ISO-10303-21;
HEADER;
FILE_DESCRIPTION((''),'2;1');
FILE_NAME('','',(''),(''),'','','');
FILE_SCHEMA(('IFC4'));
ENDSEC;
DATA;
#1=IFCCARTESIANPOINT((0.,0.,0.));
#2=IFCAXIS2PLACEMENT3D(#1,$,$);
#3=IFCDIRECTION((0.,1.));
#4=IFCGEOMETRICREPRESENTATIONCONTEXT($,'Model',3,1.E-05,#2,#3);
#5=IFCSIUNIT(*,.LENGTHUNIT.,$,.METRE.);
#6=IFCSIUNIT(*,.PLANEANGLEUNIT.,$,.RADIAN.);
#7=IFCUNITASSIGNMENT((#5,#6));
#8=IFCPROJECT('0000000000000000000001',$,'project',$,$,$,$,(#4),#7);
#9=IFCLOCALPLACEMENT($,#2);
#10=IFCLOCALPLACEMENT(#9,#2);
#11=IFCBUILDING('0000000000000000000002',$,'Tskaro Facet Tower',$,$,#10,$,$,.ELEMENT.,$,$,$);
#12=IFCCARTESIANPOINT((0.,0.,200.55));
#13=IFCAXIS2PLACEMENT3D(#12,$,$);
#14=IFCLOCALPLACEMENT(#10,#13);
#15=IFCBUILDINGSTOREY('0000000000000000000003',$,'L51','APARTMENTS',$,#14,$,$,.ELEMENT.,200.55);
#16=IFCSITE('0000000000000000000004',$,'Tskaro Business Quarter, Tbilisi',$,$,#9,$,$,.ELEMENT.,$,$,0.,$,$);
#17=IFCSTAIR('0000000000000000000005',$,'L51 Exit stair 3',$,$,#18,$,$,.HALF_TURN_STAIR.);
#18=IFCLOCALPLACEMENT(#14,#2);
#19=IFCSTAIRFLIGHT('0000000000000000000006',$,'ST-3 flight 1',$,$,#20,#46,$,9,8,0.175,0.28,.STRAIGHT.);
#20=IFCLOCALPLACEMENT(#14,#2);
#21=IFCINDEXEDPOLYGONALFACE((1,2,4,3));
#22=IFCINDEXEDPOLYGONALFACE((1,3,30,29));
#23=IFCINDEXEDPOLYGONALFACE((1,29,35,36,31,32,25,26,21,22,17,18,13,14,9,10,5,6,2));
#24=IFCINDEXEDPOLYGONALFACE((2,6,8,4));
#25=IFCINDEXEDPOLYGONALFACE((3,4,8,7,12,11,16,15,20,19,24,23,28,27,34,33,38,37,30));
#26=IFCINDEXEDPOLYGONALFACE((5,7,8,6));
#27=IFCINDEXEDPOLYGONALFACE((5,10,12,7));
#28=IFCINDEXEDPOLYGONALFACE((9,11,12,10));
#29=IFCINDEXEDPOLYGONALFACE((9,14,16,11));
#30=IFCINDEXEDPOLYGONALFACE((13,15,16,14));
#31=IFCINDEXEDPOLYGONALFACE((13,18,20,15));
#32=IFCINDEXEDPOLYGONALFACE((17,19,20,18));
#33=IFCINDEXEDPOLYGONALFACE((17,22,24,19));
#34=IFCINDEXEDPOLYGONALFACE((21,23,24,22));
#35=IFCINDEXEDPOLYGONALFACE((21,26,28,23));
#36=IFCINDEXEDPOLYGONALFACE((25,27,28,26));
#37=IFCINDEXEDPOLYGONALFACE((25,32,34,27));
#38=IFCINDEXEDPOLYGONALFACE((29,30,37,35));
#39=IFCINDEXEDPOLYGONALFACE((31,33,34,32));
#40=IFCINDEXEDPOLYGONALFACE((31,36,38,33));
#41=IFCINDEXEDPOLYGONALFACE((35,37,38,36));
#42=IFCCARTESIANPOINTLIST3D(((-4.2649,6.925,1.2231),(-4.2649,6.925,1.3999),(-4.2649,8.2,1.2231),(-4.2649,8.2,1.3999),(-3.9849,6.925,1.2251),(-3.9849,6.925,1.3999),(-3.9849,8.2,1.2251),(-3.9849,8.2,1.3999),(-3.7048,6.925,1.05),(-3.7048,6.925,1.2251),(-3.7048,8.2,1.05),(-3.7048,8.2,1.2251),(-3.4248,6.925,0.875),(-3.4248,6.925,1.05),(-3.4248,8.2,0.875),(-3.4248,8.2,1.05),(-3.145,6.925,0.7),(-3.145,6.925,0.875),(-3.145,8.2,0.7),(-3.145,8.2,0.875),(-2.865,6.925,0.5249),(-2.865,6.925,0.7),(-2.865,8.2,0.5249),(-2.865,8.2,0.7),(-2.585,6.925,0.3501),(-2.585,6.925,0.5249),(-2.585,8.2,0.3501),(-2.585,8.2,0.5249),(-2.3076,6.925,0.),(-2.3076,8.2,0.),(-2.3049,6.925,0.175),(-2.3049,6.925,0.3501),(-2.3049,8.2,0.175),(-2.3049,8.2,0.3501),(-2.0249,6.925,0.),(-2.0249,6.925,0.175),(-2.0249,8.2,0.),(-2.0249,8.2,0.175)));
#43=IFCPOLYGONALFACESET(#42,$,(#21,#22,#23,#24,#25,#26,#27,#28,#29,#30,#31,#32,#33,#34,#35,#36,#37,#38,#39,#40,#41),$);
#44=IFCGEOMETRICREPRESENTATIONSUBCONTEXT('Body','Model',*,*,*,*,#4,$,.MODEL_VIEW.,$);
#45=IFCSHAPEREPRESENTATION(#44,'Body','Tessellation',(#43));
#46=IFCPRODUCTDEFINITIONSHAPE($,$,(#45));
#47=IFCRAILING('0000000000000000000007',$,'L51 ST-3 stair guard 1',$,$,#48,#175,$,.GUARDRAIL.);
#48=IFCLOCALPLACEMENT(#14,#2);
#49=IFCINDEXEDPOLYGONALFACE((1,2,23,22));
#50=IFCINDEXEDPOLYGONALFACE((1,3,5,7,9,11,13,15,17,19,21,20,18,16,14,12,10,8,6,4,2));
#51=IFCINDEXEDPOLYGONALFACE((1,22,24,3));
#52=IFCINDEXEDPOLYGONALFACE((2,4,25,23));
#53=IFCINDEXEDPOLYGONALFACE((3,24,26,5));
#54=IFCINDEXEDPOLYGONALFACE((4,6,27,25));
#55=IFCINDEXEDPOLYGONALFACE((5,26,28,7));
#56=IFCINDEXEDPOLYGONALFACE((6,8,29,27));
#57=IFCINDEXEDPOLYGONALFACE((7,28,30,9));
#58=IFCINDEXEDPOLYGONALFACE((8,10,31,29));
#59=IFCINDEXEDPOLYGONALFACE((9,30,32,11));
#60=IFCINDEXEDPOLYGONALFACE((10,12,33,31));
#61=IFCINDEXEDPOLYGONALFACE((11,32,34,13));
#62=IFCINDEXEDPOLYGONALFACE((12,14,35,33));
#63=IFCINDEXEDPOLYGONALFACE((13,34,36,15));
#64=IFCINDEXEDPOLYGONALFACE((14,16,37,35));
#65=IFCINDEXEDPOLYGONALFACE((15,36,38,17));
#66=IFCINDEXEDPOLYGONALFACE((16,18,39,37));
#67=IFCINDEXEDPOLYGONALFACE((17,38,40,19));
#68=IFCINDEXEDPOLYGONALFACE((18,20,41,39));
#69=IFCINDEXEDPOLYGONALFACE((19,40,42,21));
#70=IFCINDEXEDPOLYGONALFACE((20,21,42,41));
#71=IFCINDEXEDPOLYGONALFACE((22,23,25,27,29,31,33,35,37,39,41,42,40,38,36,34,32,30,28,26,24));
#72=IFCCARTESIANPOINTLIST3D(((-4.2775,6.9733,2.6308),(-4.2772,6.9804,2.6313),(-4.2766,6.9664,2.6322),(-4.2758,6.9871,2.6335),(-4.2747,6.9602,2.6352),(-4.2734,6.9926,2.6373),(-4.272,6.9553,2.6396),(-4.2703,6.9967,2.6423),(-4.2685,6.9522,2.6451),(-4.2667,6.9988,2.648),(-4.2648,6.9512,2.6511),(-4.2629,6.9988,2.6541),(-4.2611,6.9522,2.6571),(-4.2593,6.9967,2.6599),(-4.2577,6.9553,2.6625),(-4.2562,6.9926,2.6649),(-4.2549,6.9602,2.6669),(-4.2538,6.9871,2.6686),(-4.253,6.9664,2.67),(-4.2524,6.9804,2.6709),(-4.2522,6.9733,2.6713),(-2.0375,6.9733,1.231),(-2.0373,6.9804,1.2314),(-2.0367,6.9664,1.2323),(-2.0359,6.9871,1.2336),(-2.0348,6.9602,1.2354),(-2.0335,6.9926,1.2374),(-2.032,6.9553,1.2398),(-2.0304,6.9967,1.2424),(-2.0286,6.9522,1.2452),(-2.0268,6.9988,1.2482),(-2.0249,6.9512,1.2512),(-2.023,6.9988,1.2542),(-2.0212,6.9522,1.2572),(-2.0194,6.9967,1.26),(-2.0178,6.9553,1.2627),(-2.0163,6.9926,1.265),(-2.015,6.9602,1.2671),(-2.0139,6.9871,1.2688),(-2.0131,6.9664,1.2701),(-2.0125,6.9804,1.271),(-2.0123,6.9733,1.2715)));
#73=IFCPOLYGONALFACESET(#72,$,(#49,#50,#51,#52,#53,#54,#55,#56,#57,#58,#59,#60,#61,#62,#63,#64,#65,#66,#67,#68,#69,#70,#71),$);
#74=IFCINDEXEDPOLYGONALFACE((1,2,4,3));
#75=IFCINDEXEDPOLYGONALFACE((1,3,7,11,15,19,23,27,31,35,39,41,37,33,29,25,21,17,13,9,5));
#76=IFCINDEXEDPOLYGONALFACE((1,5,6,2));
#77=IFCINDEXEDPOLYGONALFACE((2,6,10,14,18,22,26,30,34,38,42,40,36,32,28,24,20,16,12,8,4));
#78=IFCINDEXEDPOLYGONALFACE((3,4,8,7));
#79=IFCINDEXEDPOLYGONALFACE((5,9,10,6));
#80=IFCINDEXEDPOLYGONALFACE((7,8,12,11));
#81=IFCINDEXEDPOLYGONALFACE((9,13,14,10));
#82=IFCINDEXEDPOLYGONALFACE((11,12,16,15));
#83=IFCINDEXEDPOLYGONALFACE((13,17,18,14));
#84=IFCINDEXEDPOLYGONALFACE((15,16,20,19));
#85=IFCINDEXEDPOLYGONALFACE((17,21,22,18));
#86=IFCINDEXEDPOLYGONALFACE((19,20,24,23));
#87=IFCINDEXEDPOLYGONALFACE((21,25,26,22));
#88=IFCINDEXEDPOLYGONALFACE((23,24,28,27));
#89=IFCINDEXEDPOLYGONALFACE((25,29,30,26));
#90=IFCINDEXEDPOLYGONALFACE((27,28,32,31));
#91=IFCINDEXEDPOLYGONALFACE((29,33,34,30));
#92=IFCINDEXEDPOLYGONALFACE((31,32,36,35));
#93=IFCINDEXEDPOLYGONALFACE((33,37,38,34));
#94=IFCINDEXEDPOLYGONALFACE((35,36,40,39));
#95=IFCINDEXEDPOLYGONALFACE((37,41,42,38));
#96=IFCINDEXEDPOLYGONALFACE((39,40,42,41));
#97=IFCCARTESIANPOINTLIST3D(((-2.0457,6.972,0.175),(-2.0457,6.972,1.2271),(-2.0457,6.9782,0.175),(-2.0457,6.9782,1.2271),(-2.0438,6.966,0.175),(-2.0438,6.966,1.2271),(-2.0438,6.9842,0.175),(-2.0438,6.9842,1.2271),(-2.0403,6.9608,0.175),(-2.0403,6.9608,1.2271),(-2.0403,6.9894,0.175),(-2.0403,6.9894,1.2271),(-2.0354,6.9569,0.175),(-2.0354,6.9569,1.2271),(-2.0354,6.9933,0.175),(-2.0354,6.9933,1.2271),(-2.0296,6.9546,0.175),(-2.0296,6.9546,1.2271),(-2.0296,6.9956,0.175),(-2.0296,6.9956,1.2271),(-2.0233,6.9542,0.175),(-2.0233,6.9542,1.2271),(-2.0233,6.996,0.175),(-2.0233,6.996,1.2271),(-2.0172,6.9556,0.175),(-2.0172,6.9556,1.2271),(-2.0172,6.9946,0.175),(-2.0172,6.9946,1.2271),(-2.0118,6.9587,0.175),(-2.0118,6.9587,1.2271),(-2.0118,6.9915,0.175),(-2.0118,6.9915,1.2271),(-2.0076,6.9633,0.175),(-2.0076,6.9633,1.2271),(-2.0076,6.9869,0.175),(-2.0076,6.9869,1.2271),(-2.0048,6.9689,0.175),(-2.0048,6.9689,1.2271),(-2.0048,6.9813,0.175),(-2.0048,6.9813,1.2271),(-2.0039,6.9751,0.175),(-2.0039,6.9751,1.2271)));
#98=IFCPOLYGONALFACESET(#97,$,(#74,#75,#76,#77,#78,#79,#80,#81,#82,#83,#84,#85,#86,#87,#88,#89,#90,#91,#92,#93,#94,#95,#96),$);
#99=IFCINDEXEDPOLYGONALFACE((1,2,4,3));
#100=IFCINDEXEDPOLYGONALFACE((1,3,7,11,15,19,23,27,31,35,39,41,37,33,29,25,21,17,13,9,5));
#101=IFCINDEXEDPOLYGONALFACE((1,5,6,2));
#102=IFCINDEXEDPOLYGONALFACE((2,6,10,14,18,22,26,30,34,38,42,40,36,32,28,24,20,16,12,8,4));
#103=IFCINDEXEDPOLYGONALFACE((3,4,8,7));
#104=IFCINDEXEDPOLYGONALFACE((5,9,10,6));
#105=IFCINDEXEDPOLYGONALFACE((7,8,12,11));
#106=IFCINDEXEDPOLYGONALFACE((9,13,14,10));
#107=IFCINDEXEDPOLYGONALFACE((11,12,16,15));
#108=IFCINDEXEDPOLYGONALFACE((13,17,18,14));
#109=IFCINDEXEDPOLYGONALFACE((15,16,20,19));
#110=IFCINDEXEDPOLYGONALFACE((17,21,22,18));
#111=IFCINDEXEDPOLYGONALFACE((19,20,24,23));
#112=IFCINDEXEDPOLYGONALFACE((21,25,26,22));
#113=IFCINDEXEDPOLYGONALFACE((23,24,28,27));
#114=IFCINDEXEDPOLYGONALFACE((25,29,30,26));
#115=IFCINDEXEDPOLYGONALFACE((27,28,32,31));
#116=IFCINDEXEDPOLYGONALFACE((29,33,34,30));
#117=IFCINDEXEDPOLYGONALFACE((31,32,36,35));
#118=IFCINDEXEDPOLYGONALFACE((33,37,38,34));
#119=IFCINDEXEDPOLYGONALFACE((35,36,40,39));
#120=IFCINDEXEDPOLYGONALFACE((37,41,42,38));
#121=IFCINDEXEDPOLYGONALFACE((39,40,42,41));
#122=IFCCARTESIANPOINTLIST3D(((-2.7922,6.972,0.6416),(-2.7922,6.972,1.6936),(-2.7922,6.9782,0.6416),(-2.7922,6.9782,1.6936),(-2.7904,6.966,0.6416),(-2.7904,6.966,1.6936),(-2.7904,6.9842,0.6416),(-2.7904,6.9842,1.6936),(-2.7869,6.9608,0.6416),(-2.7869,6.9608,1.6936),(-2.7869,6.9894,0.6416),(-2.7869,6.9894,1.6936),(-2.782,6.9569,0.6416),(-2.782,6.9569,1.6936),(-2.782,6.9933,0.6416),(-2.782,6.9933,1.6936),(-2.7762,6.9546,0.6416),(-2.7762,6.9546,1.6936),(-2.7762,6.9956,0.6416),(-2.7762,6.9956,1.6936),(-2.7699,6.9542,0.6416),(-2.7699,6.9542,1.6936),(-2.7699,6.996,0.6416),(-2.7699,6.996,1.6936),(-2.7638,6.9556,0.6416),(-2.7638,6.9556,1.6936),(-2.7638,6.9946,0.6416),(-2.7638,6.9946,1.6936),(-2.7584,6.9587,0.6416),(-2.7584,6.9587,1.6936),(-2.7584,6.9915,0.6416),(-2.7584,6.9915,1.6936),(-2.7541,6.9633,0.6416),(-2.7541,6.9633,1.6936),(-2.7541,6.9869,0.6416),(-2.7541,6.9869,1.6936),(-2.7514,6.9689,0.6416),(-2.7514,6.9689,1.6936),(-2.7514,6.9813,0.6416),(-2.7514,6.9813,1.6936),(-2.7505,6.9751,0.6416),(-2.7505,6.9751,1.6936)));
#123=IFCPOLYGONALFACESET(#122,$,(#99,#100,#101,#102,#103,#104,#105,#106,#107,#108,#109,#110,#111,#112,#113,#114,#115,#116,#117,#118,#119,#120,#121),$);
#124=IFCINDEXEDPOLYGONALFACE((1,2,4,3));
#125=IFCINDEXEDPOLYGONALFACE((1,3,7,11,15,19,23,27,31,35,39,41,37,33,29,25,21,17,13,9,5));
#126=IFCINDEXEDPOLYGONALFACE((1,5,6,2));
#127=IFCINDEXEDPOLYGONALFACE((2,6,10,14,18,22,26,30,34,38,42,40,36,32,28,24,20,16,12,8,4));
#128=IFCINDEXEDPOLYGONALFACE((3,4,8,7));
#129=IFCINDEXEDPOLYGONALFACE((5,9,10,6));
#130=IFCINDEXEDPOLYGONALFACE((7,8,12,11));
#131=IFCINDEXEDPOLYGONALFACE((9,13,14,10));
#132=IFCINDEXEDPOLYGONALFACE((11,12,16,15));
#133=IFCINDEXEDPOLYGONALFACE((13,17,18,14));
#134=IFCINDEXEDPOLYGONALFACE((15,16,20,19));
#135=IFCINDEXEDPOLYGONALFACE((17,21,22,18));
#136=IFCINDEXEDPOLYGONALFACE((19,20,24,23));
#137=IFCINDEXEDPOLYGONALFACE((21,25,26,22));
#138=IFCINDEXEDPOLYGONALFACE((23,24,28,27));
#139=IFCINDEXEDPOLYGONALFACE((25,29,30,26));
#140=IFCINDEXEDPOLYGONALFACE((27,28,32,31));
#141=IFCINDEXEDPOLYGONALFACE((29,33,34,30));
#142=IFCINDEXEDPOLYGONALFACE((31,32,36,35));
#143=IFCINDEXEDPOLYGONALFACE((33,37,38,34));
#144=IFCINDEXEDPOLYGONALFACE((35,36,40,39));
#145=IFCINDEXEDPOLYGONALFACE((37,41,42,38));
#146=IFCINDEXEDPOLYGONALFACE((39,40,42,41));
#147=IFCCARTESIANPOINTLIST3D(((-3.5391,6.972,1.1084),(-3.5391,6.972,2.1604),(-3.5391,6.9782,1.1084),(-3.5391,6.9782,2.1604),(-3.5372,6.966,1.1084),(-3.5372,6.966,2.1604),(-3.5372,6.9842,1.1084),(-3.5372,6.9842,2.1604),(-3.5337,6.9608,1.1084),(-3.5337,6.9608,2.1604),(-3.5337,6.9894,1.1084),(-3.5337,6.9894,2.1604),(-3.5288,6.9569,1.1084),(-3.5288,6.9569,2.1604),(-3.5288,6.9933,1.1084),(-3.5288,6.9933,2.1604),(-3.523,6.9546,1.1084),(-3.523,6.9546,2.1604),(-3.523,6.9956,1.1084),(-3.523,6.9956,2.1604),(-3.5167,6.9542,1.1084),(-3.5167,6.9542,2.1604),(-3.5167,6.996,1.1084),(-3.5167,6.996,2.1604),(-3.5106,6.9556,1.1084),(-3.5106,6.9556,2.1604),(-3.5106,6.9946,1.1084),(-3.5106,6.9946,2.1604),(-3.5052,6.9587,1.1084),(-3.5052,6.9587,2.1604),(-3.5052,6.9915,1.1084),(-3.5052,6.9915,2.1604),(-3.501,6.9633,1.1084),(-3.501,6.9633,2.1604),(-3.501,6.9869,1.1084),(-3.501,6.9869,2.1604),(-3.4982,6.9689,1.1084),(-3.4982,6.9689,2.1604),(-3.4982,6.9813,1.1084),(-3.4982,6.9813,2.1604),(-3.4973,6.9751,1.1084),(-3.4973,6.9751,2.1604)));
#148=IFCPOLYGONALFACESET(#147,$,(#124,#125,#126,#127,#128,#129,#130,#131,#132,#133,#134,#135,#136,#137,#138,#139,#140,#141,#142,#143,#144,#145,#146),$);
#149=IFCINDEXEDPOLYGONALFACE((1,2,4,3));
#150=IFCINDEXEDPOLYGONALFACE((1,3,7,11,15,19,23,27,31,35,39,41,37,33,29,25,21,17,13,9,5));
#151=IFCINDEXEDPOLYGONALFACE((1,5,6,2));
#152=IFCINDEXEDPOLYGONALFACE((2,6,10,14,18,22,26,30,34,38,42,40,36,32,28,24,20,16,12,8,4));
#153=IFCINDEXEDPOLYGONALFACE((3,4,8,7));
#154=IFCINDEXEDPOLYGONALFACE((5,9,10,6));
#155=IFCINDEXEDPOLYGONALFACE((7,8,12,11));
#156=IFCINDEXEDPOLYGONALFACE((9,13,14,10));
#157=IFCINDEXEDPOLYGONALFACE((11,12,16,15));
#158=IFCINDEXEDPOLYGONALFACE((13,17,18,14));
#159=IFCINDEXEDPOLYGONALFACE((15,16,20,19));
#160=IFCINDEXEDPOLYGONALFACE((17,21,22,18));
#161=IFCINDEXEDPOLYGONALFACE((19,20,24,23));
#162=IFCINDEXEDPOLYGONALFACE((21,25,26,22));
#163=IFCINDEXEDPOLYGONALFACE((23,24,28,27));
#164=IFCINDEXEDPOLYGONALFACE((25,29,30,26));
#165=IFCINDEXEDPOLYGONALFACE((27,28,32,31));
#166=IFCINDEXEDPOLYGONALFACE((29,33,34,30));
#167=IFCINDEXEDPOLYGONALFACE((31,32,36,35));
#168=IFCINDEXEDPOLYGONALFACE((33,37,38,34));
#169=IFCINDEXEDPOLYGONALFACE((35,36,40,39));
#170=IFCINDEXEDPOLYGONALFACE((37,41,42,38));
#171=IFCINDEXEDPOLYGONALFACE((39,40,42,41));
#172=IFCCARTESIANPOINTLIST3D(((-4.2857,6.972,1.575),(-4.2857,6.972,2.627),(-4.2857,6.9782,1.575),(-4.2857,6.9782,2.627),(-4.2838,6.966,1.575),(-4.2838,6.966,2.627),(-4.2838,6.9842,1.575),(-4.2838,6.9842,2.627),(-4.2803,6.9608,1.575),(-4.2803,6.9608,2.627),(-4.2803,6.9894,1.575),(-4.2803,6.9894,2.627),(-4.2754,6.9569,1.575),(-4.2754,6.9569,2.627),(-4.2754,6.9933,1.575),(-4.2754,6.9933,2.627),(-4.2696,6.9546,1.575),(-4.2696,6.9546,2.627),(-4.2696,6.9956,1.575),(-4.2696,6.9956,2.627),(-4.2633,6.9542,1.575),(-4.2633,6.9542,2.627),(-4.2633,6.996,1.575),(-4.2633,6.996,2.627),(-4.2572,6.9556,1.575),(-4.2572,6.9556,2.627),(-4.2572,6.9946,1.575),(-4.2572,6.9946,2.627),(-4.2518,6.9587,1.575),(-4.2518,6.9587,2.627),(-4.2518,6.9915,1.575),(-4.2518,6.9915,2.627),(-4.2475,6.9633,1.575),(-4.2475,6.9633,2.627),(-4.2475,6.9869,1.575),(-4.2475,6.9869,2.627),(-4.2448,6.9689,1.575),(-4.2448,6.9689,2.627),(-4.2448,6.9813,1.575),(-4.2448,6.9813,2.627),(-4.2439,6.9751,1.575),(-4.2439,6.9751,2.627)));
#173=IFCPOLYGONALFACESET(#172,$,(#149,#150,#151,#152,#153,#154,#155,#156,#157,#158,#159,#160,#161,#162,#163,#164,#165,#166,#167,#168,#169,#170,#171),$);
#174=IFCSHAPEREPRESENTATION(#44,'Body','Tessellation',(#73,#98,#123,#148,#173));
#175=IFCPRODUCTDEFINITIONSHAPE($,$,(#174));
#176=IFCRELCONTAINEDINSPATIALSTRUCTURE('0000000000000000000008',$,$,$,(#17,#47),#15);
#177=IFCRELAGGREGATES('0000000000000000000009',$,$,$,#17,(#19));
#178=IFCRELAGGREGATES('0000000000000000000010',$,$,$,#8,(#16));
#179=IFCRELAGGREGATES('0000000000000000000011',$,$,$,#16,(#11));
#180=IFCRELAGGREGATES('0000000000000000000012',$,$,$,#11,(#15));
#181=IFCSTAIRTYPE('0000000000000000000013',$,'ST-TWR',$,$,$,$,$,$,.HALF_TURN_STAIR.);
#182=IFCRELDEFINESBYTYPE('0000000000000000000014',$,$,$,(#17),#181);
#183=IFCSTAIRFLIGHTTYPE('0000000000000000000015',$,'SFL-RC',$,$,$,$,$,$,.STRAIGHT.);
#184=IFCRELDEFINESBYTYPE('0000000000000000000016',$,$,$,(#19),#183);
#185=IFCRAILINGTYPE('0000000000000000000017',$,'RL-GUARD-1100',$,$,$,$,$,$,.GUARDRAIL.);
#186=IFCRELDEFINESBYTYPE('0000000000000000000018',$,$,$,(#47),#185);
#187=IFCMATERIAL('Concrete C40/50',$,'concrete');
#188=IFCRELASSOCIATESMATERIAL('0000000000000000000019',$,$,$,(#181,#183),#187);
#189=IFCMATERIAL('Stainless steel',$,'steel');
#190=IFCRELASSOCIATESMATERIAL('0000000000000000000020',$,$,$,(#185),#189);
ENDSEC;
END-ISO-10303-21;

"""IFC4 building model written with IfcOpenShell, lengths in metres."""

from ifc_helpers import new_model, si_unit, direction, frame, origin, origin_2d, place, context, subcontext, project, spatial, polyline, circle, outline, extrude, material, type_object, element, aggregate, save


model = new_model("IFC4")

# Units and contexts
model_context = context("Model", 3, precision=1e-05, world=origin(), true_north=direction((0.0, 1.0)))
body_context = subcontext(model_context, "Body", "Model", "MODEL_VIEW")
ifc_project = project(units=[si_unit("LENGTHUNIT", "METRE"), si_unit("PLANEANGLEUNIT", "RADIAN")], contexts=[model_context])

# Site, building, storey
site_placement = place(None, origin())
site = spatial("IfcSite", under=ifc_project, at=site_placement, Name="Tskaro Business Quarter, Tbilisi", CompositionType="ELEMENT", RefElevation=0.0)
building_placement = place(site_placement, origin())
building = spatial("IfcBuilding", under=site, at=building_placement, Name="Tskaro Facet Tower", CompositionType="ELEMENT")
storey_placement = place(building_placement, frame((0.0, 0.0, 200.55)))
storey = spatial("IfcBuildingStorey", under=building, at=storey_placement, Name="L51", Description="APARTMENTS", CompositionType="ELEMENT", Elevation=200.55)

# Stair
ifc_material_1 = material(Name="Concrete C40/50", Category="concrete")
stair_type = type_object("IfcStairType", Name="ST-TWR", PredefinedType="HALF_TURN_STAIR", material=ifc_material_1)
stair_1_placement = place(storey_placement, origin())
stair_1 = element("IfcStair", 1, at=stair_1_placement, inside=storey, type_object=stair_type, Name="L51 Exit stair 3", PredefinedType="HALF_TURN_STAIR")

# Stair flight
stair_flight_type = type_object("IfcStairFlightType", Name="SFL-RC", PredefinedType="STRAIGHT", material=ifc_material_1)
stair_flight_placement = place(storey_placement, frame((-2.0249, 7.5625, 0.0), z_axis=(0.0, 0.0, 1.0), x_axis=(-1.0, 0.0, 0.0)))
stair_flight = element("IfcStairFlight", 2, at=stair_flight_placement, type_object=stair_flight_type, Name="ST-3 flight 1", NumberOfRisers=9, NumberOfTreads=8, PredefinedType="STRAIGHT", RiserHeight=0.175, TreadLength=0.28, context=body_context, shape_type="SweptSolid", body=[
    extrude(outline(polyline([(0.0, 0.0), (0.0, 0.175), (0.28, 0.175), (0.28, 0.3501), (0.5601, 0.3501), (0.5601, 0.5249), (0.8401, 0.5249), (0.8401, 0.7), (1.1201, 0.7), (1.1201, 0.875), (1.3999, 0.875), (1.3999, 1.05), (1.6799, 1.05), (1.6799, 1.2251), (1.96, 1.2251), (1.96, 1.3999), (2.24, 1.3999), (2.24, 1.575), (2.24, 1.2231), (0.2827, 0.0), (0.0, 0.0)])), frame((0.0, 0.6375, 0.0), z_axis=(0.0, -1.0, 0.0), x_axis=(1.0, 0.0, 0.0)), (0.0, 0.0, 1.0), 1.2749),
])
aggregate(stair_1, [stair_flight])

# Railing
ifc_material_2 = material(Name="Stainless steel", Category="steel")
railing_type_1 = type_object("IfcRailingType", Name="RL-GUARD-1100", PredefinedType="GUARDRAIL", material=ifc_material_2)
railing_1_placement = place(storey_placement, frame((-2.0249, 6.9751, 0.175)))
element("IfcRailing", 3, at=railing_1_placement, inside=storey, type_object=railing_type_1, Name="L51 ST-3 stair guard 1", PredefinedType="GUARDRAIL", context=body_context, shape_type="SweptSolid", body=[
    extrude(circle(Radius=0.0239, at=origin_2d()), frame((0.0, 0.0, 1.0762), z_axis=(-0.848014, 0.0, 0.529974), x_axis=(0.0, -1.0, 0.0)), (0.0, 0.0, 1.0), 2.6414),
    extrude(circle(Radius=0.021, at=origin_2d()), origin(), (0.0, 0.0, 1.0), 1.052),
    extrude(circle(Radius=0.021, at=origin_2d()), frame((-0.7466, 0.0, 0.4666)), (0.0, 0.0, 1.0), 1.052),
    extrude(circle(Radius=0.021, at=origin_2d()), frame((-1.4934, 0.0, 0.9333)), (0.0, 0.0, 1.0), 1.052),
    extrude(circle(Radius=0.021, at=origin_2d()), frame((-2.24, 0.0, 1.3999)), (0.0, 0.0, 1.0), 1.052),
])

save(model, "model.ifc")
